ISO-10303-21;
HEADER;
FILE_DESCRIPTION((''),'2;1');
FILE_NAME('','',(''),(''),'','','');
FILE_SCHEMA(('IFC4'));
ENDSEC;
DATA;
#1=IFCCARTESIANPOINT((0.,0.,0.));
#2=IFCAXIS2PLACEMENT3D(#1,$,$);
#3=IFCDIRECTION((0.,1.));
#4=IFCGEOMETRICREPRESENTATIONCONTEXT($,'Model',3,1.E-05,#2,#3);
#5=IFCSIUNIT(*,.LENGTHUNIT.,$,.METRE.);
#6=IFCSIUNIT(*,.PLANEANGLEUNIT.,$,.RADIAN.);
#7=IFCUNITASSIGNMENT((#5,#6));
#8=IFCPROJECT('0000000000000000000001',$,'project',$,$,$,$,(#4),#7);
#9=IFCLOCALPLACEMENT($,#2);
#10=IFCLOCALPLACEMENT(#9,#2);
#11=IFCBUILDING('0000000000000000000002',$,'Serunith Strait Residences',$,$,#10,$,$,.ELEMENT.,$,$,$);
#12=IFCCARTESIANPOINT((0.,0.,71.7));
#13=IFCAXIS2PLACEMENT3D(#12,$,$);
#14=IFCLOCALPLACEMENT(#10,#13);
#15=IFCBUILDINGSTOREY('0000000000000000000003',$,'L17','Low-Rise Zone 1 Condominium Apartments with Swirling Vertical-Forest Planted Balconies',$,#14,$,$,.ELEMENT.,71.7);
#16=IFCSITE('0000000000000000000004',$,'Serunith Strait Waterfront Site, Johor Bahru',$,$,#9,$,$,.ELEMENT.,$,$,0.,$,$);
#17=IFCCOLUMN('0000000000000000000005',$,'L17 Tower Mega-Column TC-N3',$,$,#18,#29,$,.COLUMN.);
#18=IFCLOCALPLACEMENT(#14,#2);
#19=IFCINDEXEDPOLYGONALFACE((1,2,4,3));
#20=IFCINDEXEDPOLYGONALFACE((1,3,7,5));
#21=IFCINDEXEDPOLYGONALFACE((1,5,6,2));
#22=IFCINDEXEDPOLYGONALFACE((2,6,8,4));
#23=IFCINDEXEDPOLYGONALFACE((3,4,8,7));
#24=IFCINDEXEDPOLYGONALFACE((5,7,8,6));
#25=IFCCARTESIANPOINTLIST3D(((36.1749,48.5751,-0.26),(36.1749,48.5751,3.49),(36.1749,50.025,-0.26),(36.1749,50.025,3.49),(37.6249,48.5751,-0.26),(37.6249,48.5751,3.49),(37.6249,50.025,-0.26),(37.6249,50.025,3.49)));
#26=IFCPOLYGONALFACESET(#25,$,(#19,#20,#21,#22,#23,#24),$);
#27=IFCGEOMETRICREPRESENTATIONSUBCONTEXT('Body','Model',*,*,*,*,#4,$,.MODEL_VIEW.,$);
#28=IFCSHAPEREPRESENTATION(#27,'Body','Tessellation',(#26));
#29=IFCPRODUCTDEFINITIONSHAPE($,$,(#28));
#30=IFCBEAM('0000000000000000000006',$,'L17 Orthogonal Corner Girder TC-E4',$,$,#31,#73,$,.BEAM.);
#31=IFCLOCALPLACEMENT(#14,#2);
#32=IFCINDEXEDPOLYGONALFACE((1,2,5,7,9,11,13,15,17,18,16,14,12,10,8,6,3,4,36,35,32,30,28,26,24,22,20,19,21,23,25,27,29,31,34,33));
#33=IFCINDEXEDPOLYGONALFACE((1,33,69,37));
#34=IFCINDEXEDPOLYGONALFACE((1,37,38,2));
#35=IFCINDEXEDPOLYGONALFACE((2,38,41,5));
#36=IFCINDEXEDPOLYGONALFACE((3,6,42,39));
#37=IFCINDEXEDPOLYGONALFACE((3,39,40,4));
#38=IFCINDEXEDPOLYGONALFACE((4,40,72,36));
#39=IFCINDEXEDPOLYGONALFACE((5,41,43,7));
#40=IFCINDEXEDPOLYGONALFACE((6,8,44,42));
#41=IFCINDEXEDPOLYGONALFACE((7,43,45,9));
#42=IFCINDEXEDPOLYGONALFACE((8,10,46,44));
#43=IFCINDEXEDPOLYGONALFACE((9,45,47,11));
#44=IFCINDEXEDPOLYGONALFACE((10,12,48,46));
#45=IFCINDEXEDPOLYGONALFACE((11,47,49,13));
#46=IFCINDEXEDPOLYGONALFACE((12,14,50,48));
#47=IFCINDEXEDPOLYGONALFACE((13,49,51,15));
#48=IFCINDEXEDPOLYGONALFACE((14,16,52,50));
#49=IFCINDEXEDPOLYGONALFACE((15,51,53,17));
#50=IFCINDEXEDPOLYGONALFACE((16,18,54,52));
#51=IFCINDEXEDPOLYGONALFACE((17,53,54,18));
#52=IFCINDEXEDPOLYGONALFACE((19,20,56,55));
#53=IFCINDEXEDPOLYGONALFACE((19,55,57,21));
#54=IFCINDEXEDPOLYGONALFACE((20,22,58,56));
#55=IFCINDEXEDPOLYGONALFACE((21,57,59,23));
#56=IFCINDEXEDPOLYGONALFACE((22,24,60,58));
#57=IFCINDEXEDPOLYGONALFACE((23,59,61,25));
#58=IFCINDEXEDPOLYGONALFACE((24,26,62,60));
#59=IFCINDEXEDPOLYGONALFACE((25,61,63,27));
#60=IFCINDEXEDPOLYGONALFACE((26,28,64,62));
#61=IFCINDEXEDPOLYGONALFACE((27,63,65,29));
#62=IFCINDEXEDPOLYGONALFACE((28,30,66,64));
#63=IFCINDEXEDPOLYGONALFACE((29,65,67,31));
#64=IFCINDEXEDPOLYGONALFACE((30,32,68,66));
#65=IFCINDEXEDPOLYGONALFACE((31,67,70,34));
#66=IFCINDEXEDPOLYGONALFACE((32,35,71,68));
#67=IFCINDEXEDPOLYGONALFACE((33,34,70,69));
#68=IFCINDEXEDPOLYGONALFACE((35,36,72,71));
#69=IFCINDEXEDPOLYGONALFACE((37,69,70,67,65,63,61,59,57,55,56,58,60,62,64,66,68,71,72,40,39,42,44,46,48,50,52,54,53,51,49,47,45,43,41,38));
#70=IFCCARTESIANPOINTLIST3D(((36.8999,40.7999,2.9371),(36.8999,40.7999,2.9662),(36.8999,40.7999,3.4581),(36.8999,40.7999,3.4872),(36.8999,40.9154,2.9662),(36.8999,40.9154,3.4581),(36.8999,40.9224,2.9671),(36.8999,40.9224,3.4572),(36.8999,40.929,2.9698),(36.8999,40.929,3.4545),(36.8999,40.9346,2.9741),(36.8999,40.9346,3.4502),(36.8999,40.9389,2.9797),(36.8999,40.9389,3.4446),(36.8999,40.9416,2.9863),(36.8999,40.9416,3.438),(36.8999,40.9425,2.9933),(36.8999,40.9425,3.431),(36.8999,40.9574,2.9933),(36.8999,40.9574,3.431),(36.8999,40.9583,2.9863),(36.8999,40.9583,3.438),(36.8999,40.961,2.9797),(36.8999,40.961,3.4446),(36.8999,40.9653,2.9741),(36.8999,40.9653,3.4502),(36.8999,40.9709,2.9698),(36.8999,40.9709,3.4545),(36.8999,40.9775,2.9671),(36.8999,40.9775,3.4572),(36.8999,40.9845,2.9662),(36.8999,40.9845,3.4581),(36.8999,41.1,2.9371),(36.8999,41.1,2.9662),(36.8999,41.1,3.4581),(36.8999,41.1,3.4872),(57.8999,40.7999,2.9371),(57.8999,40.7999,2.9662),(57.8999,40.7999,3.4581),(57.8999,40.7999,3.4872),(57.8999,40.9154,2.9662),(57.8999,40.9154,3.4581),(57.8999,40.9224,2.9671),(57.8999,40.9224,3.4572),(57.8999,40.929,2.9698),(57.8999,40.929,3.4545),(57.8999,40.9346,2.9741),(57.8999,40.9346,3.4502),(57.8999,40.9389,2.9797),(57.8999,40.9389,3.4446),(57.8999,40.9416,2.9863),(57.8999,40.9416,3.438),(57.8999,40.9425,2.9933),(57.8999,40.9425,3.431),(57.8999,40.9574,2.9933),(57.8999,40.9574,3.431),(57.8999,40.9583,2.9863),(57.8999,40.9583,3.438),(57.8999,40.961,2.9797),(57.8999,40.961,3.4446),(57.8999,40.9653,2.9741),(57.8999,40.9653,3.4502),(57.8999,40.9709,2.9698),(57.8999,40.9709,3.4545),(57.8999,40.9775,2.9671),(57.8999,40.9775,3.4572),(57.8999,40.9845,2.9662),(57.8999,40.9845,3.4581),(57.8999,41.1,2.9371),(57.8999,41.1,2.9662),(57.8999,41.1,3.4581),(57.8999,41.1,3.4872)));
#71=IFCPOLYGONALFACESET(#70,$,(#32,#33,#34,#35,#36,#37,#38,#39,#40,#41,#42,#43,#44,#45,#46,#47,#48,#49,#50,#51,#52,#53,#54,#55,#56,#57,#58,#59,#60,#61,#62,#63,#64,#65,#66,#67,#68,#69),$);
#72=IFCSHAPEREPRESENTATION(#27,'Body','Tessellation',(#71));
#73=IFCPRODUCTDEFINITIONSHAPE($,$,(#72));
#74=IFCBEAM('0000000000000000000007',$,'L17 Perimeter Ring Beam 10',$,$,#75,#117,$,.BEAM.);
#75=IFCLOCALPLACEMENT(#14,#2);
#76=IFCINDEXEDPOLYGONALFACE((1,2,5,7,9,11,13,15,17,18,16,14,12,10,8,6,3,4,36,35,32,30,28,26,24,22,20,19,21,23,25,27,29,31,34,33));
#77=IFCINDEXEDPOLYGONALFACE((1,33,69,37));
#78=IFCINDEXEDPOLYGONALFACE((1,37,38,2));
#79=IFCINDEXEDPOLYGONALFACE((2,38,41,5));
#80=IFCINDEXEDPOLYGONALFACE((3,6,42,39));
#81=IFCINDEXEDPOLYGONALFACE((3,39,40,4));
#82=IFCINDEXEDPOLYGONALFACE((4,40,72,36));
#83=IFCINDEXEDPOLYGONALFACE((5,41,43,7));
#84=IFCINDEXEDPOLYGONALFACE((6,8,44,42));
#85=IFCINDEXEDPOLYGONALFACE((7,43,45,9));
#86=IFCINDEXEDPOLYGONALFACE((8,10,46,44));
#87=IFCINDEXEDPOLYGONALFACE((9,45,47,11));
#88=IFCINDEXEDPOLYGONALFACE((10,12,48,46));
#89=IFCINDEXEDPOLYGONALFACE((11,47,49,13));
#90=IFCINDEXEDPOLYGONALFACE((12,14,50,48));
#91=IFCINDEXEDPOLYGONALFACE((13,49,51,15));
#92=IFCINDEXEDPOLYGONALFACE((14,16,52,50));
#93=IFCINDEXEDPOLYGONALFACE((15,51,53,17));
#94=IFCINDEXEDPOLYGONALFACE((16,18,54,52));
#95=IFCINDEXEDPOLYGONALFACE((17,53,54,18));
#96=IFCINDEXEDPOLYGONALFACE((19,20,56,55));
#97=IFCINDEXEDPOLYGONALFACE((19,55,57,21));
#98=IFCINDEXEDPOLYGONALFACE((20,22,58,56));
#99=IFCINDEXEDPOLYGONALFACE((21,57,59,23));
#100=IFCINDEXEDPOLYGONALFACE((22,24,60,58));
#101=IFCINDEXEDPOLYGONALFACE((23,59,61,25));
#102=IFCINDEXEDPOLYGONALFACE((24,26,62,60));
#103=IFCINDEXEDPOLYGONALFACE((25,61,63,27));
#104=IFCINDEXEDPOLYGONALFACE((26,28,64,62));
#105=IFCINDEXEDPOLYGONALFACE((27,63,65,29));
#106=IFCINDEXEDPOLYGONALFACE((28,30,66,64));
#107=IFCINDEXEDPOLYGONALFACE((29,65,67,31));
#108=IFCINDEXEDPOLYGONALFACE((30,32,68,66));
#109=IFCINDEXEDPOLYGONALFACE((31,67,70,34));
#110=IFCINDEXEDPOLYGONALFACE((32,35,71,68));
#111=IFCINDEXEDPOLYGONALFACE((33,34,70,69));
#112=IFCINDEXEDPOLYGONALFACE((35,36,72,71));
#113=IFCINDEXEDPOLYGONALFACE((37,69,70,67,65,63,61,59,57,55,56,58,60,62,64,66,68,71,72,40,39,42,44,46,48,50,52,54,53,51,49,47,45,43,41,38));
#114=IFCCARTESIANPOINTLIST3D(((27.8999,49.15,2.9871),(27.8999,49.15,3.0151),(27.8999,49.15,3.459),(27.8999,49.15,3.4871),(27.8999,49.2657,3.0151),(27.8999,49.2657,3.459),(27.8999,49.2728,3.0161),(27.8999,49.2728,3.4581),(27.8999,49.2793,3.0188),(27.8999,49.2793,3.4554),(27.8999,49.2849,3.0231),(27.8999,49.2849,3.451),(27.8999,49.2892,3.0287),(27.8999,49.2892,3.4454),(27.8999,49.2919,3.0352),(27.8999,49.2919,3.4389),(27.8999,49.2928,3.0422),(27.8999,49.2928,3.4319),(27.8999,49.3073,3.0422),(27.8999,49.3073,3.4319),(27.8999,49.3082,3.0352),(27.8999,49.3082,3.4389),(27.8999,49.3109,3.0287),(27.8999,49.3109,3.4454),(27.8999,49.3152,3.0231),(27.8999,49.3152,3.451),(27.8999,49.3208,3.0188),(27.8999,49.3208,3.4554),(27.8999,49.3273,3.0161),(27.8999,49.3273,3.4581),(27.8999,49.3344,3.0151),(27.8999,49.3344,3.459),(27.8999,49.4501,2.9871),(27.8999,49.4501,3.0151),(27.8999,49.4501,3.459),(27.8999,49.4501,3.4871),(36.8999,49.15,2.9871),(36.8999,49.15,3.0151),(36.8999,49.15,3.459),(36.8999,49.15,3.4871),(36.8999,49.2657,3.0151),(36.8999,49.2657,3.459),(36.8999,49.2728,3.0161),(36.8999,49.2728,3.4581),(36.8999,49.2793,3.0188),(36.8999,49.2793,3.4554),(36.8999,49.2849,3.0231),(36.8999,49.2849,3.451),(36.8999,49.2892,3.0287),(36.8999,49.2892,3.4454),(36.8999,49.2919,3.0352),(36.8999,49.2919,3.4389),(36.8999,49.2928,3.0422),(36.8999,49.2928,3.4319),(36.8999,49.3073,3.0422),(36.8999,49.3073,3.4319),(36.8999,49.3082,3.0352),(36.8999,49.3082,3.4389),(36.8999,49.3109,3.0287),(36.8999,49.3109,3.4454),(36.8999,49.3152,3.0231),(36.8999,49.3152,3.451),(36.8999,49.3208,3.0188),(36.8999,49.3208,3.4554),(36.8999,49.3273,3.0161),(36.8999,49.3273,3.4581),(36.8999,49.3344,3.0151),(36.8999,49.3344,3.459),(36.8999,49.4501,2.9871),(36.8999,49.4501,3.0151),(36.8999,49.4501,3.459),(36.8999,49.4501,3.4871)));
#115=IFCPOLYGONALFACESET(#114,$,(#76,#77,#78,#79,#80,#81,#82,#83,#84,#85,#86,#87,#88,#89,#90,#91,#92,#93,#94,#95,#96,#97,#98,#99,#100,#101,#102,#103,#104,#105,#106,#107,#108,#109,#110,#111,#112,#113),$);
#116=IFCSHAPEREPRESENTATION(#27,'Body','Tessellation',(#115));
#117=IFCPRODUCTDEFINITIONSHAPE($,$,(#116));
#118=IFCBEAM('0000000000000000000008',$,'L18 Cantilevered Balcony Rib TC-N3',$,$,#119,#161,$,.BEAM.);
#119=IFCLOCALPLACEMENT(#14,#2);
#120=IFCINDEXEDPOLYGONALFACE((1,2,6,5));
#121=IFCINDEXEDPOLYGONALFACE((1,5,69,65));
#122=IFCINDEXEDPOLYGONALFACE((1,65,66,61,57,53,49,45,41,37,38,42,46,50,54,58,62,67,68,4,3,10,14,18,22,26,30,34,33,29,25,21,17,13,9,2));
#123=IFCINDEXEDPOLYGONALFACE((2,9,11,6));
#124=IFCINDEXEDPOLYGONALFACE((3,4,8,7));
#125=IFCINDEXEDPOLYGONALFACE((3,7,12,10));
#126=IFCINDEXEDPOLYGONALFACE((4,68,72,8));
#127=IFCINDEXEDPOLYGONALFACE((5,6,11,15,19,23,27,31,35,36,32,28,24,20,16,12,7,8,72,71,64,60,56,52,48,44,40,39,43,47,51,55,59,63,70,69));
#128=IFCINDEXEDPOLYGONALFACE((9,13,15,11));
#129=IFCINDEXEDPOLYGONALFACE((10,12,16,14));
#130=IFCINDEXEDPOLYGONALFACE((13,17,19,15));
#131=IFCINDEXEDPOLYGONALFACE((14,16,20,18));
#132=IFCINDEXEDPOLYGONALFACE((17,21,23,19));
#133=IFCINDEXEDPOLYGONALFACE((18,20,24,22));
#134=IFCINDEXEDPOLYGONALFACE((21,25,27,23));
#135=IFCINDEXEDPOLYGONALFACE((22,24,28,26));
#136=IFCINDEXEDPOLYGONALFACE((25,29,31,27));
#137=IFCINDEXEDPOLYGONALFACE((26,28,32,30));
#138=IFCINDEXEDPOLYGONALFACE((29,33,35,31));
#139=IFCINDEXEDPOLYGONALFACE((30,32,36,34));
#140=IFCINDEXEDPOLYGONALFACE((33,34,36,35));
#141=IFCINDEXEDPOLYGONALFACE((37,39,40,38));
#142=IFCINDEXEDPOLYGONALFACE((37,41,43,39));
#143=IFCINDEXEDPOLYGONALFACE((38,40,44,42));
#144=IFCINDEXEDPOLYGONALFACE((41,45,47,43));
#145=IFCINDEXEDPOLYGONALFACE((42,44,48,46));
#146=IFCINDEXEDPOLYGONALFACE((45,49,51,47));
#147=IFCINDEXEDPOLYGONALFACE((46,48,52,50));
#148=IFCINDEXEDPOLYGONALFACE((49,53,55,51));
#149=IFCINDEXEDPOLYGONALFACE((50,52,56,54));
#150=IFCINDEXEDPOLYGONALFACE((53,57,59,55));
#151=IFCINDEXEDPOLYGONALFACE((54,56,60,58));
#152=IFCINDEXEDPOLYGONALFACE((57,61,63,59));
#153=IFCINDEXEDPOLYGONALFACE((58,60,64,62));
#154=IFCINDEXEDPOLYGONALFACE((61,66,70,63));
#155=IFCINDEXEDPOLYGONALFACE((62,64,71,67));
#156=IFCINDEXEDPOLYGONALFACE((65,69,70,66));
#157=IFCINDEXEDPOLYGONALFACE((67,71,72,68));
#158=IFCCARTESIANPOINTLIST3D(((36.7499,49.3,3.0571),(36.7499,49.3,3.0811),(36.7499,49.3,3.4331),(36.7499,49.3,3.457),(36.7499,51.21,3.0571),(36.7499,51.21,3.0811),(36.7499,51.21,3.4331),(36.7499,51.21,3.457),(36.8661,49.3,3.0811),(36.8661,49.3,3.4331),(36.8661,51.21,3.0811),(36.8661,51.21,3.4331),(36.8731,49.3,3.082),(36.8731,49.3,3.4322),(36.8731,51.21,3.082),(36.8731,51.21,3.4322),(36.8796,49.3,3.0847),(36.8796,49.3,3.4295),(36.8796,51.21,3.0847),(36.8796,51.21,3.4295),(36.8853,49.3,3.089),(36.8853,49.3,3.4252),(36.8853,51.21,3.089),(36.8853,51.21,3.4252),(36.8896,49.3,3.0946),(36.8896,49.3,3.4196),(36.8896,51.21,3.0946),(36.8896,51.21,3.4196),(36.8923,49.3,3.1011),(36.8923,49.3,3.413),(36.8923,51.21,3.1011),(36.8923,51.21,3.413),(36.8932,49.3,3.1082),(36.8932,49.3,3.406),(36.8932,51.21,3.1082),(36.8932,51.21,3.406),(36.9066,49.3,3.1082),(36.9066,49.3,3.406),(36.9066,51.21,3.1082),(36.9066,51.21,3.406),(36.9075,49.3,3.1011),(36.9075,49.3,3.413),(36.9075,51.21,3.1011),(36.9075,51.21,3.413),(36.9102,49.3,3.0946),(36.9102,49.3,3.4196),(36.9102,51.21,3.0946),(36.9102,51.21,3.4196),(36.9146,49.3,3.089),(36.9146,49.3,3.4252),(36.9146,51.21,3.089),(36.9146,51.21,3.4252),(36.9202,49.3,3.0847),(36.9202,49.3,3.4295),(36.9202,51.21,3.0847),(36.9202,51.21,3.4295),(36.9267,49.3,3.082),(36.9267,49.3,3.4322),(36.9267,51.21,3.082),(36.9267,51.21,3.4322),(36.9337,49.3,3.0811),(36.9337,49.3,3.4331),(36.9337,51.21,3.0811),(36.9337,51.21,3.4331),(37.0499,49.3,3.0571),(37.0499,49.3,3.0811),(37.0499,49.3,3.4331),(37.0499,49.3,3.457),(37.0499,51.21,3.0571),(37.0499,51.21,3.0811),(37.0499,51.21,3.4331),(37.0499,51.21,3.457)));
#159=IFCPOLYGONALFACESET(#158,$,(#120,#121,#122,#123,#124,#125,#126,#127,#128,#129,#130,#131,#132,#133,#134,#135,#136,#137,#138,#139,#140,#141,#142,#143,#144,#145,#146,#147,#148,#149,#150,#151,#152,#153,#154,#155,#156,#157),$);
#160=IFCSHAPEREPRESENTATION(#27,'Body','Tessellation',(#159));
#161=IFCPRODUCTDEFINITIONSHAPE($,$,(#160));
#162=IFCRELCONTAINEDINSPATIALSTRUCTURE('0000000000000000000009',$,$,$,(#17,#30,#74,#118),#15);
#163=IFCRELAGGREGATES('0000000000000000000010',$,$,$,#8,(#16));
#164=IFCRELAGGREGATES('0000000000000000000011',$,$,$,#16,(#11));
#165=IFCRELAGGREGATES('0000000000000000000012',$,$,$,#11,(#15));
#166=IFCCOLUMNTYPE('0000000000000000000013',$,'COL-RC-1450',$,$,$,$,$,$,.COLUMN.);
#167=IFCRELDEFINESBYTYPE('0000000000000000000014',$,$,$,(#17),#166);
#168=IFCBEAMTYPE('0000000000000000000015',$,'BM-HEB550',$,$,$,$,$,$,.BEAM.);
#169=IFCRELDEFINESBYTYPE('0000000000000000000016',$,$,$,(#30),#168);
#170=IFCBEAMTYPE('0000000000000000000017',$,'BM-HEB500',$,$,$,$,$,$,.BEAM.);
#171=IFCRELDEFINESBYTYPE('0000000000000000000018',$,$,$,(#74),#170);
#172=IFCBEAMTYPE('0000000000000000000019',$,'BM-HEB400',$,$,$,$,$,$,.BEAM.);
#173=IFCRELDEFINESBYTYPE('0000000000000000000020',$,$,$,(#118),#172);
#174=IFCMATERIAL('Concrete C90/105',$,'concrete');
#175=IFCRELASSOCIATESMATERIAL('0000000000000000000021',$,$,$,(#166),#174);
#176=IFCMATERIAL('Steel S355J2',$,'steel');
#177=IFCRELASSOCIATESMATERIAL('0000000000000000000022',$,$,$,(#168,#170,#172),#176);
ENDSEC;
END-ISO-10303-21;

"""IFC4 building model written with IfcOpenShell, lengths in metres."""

from ifc_helpers import new_model, si_unit, direction, frame, origin, origin_2d, place, context, subcontext, project, spatial, rectangle, i_section, extrude, source, transform, mapped, material, material_profile, profile_set, type_object, element, save


model = new_model("IFC4")

# Units and contexts
model_context = context("Model", 3, precision=1e-05, world=origin(), true_north=direction((0.0, 1.0)))
body_context = subcontext(model_context, "Body", "Model", "MODEL_VIEW")
ifc_project = project(units=[si_unit("LENGTHUNIT", "METRE"), si_unit("PLANEANGLEUNIT", "RADIAN")], contexts=[model_context])

# Site, building, storey
site_placement = place(None, origin())
site = spatial("IfcSite", under=ifc_project, at=site_placement, Name="Serunith Strait Waterfront Site, Johor Bahru", CompositionType="ELEMENT", RefElevation=0.0)
building_placement = place(site_placement, origin())
building = spatial("IfcBuilding", under=site, at=building_placement, Name="Serunith Strait Residences", CompositionType="ELEMENT")
storey_placement = place(building_placement, frame((0.0, 0.0, 71.7)))
storey = spatial("IfcBuildingStorey", under=building, at=storey_placement, Name="L17", Description="Low-Rise Zone 1 Condominium Apartments with Swirling Vertical-Forest Planted Balconies", CompositionType="ELEMENT", Elevation=71.7)

# Column
ifc_material_1 = material(Name="Concrete C90/105", Category="concrete")
ifc_material_profile_1 = material_profile(ifc_material_1, rectangle(XDim=1.45, YDim=1.45, at=origin_2d()), Name="RC 1450x1450")
ifc_profile_set_1 = profile_set([ifc_material_profile_1], Name="Concrete C90/105")
column_type = type_object("IfcColumnType", Name="COL-RC-1450", PredefinedType="COLUMN", material=ifc_profile_set_1)
shared_shape_1 = source(origin(), body_context, "Body", "SweptSolid", [
    extrude(rectangle(XDim=1.45, YDim=1.45, at=origin_2d()), origin(), (0.0, 0.0, 1.0), 3.75),
])
column_placement = place(storey_placement, frame((36.8999, 49.3, -0.26), z_axis=(0.0, 0.0, 1.0), x_axis=(1.0, 0.0, 0.0)))
element("IfcColumn", 1, at=column_placement, inside=storey, type_object=column_type, Name="L17 Tower Mega-Column TC-N3", PredefinedType="COLUMN", context=body_context, shape_type="MappedRepresentation", body=[
    mapped(shared_shape_1, transform((0.0, 0.0, 0.0), scale=1.0)),
])

# Beams
ifc_material_2 = material(Name="Steel S355J2", Category="steel")
ifc_material_profile_2 = material_profile(ifc_material_2, i_section(OverallWidth=0.3, OverallDepth=0.55, WebThickness=0.0149, FlangeThickness=0.0291, FilletRadius=0.0271, at=origin_2d()), Name="HEB 550")
ifc_profile_set_2 = profile_set([ifc_material_profile_2], Name="Steel S355J2")
beam_type_1 = type_object("IfcBeamType", Name="BM-HEB550", PredefinedType="BEAM", material=ifc_profile_set_2)
shared_shape_2 = source(origin(), body_context, "Body", "SweptSolid", [
    extrude(i_section(OverallWidth=0.3, OverallDepth=0.55, WebThickness=0.0149, FlangeThickness=0.0291, FilletRadius=0.0271, at=origin_2d()), origin(), (0.0, 0.0, 1.0), 21.0),
])
beam_1_placement = place(storey_placement, frame((36.8999, 40.95, 3.2122), z_axis=(1.0, 0.0, 0.0), x_axis=(0.0, 1.0, 0.0)))
element("IfcBeam", 2, at=beam_1_placement, inside=storey, type_object=beam_type_1, Name="L17 Orthogonal Corner Girder TC-E4", PredefinedType="BEAM", context=body_context, shape_type="MappedRepresentation", body=[
    mapped(shared_shape_2, transform((0.0, 0.0, 0.0), scale=1.0)),
])
ifc_material_profile_3 = material_profile(ifc_material_2, i_section(OverallWidth=0.3, OverallDepth=0.5, WebThickness=0.0144, FlangeThickness=0.0281, FilletRadius=0.0271, at=origin_2d()), Name="HEB 500")
ifc_profile_set_3 = profile_set([ifc_material_profile_3], Name="Steel S355J2")
beam_type_2 = type_object("IfcBeamType", Name="BM-HEB500", PredefinedType="BEAM", material=ifc_profile_set_3)
shared_shape_3 = source(origin(), body_context, "Body", "SweptSolid", [
    extrude(i_section(OverallWidth=0.3, OverallDepth=0.5, WebThickness=0.0144, FlangeThickness=0.0281, FilletRadius=0.0271, at=origin_2d()), origin(), (0.0, 0.0, 1.0), 9.0),
])
beam_2_placement = place(storey_placement, frame((36.8999, 49.3, 3.2371), z_axis=(-1.0, 0.0, 0.0), x_axis=(0.0, -1.0, 0.0)))
element("IfcBeam", 3, at=beam_2_placement, inside=storey, type_object=beam_type_2, Name="L17 Perimeter Ring Beam 10", PredefinedType="BEAM", context=body_context, shape_type="MappedRepresentation", body=[
    mapped(shared_shape_3, transform((0.0, 0.0, 0.0), scale=1.0)),
])
ifc_material_profile_4 = material_profile(ifc_material_2, i_section(OverallWidth=0.3, OverallDepth=0.3999, WebThickness=0.0134, FlangeThickness=0.0239, FilletRadius=0.0271, at=origin_2d()), Name="HEB 400")
ifc_profile_set_4 = profile_set([ifc_material_profile_4], Name="Steel S355J2")
beam_type_3 = type_object("IfcBeamType", Name="BM-HEB400", PredefinedType="BEAM", material=ifc_profile_set_4)
shared_shape_4 = source(origin(), body_context, "Body", "SweptSolid", [
    extrude(i_section(OverallWidth=0.3, OverallDepth=0.3999, WebThickness=0.0134, FlangeThickness=0.0239, FilletRadius=0.0271, at=origin_2d()), origin(), (0.0, 0.0, 1.0), 1.9099),
])
beam_3_placement = place(storey_placement, frame((36.8999, 49.3, 3.2571), z_axis=(0.0, 1.0, 0.0), x_axis=(-1.0, 0.0, 0.0)))
element("IfcBeam", 4, at=beam_3_placement, inside=storey, type_object=beam_type_3, Name="L18 Cantilevered Balcony Rib TC-N3", PredefinedType="BEAM", context=body_context, shape_type="MappedRepresentation", body=[
    mapped(shared_shape_4, transform((0.0, 0.0, 0.0), scale=1.0)),
])

save(model, "model.ifc")
